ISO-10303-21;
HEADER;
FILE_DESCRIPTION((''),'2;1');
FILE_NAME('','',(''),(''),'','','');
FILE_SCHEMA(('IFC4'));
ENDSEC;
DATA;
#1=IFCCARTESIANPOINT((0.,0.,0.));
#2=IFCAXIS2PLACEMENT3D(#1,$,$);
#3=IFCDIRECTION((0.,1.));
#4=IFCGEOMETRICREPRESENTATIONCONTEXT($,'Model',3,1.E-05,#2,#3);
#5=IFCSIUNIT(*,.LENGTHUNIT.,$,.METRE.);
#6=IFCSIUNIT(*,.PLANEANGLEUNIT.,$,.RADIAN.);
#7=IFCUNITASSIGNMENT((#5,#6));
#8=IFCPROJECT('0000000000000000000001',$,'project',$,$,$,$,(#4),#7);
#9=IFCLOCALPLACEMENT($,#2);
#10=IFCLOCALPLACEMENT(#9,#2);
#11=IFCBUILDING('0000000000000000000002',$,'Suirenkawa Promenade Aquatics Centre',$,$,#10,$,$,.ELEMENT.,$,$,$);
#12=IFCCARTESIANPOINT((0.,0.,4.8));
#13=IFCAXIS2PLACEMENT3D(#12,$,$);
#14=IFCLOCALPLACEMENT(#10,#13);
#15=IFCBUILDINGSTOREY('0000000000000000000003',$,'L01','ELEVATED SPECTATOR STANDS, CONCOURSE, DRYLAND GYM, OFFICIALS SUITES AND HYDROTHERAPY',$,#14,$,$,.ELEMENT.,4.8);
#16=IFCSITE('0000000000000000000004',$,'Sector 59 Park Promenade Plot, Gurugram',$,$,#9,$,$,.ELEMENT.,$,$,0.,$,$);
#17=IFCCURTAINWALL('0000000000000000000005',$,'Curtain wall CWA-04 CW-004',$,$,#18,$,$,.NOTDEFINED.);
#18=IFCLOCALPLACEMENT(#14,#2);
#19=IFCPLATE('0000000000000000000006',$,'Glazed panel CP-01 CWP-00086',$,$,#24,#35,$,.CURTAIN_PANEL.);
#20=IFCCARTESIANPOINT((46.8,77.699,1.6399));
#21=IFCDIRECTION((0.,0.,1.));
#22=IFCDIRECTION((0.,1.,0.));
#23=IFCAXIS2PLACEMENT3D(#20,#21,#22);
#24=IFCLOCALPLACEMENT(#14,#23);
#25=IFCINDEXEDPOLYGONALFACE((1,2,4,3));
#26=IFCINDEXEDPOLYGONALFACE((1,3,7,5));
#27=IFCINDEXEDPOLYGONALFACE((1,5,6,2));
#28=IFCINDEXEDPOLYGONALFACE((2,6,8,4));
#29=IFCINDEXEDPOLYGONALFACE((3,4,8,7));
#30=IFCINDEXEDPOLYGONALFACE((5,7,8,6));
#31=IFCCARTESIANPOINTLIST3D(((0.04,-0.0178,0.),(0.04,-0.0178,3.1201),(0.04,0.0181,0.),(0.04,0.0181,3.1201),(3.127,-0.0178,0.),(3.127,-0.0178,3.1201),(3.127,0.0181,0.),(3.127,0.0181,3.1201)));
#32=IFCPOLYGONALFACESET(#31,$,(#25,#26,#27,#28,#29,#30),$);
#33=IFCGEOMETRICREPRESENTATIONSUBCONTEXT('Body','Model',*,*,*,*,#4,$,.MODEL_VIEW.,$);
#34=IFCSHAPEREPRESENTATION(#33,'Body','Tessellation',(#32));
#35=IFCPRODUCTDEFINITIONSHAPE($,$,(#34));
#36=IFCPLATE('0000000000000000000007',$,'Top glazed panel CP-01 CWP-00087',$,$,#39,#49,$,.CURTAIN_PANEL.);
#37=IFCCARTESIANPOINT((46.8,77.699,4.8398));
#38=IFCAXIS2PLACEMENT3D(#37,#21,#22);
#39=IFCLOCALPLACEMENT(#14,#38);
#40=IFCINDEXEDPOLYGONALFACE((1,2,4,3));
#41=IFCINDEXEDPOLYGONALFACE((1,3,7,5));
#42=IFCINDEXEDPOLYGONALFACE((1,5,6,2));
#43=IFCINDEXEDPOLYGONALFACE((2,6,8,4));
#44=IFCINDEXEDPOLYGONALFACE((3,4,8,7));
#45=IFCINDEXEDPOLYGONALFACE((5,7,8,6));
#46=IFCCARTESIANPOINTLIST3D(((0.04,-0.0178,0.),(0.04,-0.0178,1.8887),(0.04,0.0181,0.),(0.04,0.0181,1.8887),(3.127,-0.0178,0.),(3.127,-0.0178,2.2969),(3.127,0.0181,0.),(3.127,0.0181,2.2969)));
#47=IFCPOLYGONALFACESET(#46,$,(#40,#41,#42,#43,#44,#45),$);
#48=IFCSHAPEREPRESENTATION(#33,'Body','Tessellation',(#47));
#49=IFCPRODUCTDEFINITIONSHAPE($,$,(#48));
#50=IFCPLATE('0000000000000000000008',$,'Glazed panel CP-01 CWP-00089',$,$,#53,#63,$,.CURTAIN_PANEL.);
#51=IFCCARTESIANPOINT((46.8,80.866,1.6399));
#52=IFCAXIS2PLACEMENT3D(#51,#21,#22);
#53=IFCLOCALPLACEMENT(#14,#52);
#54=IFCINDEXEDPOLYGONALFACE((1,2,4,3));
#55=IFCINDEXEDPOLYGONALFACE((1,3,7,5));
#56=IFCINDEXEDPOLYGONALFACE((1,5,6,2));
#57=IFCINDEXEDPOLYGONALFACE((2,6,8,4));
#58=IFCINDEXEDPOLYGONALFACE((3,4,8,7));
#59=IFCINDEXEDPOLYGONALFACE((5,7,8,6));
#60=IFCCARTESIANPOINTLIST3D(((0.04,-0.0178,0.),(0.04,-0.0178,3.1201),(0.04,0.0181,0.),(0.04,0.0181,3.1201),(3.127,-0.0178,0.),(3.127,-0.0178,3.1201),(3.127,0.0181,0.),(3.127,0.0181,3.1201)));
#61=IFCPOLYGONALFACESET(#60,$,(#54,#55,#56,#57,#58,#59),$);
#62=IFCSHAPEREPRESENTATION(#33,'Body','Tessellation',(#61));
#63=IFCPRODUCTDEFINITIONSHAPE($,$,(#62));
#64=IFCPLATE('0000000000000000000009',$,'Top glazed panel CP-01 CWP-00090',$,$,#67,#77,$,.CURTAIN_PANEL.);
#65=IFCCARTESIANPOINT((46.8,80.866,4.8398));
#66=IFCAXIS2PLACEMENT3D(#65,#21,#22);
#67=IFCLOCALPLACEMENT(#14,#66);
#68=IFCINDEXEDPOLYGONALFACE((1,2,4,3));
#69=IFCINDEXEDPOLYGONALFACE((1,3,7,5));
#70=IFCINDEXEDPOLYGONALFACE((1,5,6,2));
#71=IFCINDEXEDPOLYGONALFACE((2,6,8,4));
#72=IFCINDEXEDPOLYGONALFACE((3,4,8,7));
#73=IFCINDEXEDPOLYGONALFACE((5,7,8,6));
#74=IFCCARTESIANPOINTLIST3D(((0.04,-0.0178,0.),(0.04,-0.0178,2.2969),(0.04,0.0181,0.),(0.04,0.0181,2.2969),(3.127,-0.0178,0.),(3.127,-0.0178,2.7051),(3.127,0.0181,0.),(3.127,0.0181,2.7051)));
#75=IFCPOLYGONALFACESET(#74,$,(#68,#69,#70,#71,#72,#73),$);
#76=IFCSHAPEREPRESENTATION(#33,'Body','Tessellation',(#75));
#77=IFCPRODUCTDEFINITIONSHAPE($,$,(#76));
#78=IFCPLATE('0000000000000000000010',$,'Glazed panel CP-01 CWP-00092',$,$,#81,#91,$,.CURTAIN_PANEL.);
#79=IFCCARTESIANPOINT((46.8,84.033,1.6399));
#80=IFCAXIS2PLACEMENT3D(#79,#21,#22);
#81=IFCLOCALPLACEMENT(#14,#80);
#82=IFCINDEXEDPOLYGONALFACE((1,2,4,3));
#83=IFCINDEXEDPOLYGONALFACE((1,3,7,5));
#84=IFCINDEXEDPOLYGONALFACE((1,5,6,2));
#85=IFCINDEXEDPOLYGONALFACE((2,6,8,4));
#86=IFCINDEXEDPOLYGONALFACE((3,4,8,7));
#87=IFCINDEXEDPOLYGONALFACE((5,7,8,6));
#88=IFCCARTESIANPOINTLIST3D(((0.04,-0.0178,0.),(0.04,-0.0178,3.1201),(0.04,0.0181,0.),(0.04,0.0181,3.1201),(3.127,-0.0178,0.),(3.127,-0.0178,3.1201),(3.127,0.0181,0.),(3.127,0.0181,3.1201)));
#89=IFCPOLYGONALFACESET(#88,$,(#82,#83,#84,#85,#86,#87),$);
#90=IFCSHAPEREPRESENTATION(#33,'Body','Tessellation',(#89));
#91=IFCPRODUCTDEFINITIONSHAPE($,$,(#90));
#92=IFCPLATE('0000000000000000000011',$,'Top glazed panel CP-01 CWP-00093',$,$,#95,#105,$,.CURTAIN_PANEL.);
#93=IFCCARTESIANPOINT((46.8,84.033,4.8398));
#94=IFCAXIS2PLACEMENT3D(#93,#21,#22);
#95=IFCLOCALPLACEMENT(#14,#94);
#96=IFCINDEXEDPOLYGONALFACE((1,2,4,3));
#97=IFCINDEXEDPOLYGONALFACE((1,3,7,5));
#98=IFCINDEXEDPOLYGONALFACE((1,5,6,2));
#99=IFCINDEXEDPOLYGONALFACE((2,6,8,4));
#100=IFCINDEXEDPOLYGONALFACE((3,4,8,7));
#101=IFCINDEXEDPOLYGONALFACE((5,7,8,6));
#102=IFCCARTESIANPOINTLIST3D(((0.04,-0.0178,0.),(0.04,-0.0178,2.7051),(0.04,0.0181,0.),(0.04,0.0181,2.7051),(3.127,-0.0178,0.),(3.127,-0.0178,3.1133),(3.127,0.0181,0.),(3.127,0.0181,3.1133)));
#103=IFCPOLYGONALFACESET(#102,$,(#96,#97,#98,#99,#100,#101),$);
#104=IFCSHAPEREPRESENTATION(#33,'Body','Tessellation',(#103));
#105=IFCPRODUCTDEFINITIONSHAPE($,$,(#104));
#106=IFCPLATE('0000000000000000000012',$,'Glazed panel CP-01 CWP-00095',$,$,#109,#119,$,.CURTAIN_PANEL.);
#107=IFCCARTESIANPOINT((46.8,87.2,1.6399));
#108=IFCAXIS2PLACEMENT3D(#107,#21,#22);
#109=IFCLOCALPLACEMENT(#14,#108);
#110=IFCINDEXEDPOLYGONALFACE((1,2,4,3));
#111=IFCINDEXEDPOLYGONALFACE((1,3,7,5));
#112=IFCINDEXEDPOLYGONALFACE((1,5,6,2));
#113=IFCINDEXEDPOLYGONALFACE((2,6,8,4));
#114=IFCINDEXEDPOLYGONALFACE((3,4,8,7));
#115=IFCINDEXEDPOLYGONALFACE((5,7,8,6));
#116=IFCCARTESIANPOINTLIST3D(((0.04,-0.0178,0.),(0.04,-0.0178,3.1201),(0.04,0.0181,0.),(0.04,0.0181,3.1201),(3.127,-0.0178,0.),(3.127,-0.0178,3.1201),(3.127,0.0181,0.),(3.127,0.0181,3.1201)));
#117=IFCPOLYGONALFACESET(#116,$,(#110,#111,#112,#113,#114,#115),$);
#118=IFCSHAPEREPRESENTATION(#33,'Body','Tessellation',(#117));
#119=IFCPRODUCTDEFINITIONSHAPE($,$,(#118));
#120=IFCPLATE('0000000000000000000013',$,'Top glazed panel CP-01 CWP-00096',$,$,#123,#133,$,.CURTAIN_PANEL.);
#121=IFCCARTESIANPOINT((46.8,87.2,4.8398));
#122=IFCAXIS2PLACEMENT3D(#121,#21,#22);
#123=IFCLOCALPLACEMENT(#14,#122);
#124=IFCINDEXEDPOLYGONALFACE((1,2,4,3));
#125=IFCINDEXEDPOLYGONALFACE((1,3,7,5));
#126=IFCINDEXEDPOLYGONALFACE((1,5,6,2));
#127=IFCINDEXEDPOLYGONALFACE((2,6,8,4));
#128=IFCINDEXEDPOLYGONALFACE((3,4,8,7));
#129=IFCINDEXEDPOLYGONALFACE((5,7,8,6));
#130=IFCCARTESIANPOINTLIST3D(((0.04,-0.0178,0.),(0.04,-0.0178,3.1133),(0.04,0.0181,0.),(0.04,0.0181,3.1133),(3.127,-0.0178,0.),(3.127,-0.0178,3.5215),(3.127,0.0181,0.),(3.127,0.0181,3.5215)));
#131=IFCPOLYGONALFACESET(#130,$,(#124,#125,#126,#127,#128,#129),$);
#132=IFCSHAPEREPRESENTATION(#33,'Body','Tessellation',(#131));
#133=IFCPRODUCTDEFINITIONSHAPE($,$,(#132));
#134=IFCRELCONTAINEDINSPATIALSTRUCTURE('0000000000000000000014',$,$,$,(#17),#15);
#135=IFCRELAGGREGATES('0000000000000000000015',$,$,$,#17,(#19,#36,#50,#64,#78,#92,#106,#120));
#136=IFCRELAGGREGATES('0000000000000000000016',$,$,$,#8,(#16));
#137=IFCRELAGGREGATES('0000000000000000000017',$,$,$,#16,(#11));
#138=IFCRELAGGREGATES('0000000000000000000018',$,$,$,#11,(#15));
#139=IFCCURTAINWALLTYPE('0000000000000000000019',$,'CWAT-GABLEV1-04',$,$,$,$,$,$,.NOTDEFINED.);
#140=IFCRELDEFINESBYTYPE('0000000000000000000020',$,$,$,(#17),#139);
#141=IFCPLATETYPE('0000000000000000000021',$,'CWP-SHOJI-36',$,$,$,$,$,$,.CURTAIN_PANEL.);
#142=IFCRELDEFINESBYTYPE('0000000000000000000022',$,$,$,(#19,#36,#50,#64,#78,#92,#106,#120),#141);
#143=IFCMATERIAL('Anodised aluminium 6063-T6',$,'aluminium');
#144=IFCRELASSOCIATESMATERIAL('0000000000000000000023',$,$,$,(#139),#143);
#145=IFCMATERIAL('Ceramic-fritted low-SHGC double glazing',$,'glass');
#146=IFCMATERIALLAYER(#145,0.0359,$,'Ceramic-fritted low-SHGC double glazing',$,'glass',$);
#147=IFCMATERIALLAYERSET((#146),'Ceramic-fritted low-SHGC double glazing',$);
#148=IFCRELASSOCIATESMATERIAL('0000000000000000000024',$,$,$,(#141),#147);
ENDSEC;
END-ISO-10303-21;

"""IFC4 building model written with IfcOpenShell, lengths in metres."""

from ifc_helpers import new_model, si_unit, direction, frame, origin, place, context, subcontext, project, spatial, polyline, outline, extrude, material, layer, layer_set, type_object, element, aggregate, save


model = new_model("IFC4")

# Units and contexts
model_context = context("Model", 3, precision=1e-05, world=origin(), true_north=direction((0.0, 1.0)))
body_context = subcontext(model_context, "Body", "Model", "MODEL_VIEW")
ifc_project = project(units=[si_unit("LENGTHUNIT", "METRE"), si_unit("PLANEANGLEUNIT", "RADIAN")], contexts=[model_context])

# Site, building, storey
site_placement = place(None, origin())
site = spatial("IfcSite", under=ifc_project, at=site_placement, Name="Sector 59 Park Promenade Plot, Gurugram", CompositionType="ELEMENT", RefElevation=0.0)
building_placement = place(site_placement, origin())
building = spatial("IfcBuilding", under=site, at=building_placement, Name="Suirenkawa Promenade Aquatics Centre", CompositionType="ELEMENT")
storey_placement = place(building_placement, frame((0.0, 0.0, 4.8)))
storey = spatial("IfcBuildingStorey", under=building, at=storey_placement, Name="L01", Description="ELEVATED SPECTATOR STANDS, CONCOURSE, DRYLAND GYM, OFFICIALS SUITES AND HYDROTHERAPY", CompositionType="ELEMENT", Elevation=4.8)

# Shared definitions
ifc_material_1 = material(Name="Anodised aluminium 6063-T6", Category="aluminium")

# Curtain wall, plates
curtain_wall_type_1 = type_object("IfcCurtainWallType", Name="CWAT-GABLEV1-04", PredefinedType="NOTDEFINED", material=ifc_material_1)
curtain_wall_1_placement = place(storey_placement, origin())
curtain_wall_1 = element("IfcCurtainWall", 1, at=curtain_wall_1_placement, inside=storey, type_object=curtain_wall_type_1, Name="Curtain wall CWA-04 CW-004", PredefinedType="NOTDEFINED")
ifc_material_2 = material(Name="Ceramic-fritted low-SHGC double glazing", Category="glass")
ifc_layer_1 = layer(ifc_material_2, 0.0359, Name="Ceramic-fritted low-SHGC double glazing", Category="glass")
ifc_layer_set_1 = layer_set([ifc_layer_1], Name="Ceramic-fritted low-SHGC double glazing")
plate_type = type_object("IfcPlateType", Name="CWP-SHOJI-36", PredefinedType="CURTAIN_PANEL", material=ifc_layer_set_1)
plate_1_placement = place(storey_placement, frame((46.8, 77.699, 1.6399), z_axis=(0.0, 0.0, 1.0), x_axis=(0.0, 1.0, 0.0)))
plate_1 = element("IfcPlate", 2, at=plate_1_placement, type_object=plate_type, Name="Glazed panel CP-01 CWP-00086", PredefinedType="CURTAIN_PANEL", context=body_context, shape_type="SweptSolid", body=[
    extrude(outline(polyline([(0.04, 0.0), (3.127, 0.0), (3.127, 3.1201), (0.04, 3.1201), (0.04, 0.0)])), frame((0.0, 0.0181, 0.0), z_axis=(0.0, -1.0, 0.0), x_axis=(1.0, 0.0, 0.0)), (0.0, 0.0, 1.0), 0.0359),
])
plate_2_placement = place(storey_placement, frame((46.8, 77.699, 4.8398), z_axis=(0.0, 0.0, 1.0), x_axis=(0.0, 1.0, 0.0)))
plate_2 = element("IfcPlate", 3, at=plate_2_placement, type_object=plate_type, Name="Top glazed panel CP-01 CWP-00087", PredefinedType="CURTAIN_PANEL", context=body_context, shape_type="SweptSolid", body=[
    extrude(outline(polyline([(0.04, 0.0), (3.127, 0.0), (3.127, 2.2969), (0.04, 1.8887), (0.04, 0.0)])), frame((0.0, 0.0181, 0.0), z_axis=(0.0, -1.0, 0.0), x_axis=(1.0, 0.0, 0.0)), (0.0, 0.0, 1.0), 0.0359),
])
plate_3_placement = place(storey_placement, frame((46.8, 80.866, 1.6399), z_axis=(0.0, 0.0, 1.0), x_axis=(0.0, 1.0, 0.0)))
plate_3 = element("IfcPlate", 4, at=plate_3_placement, type_object=plate_type, Name="Glazed panel CP-01 CWP-00089", PredefinedType="CURTAIN_PANEL", context=body_context, shape_type="SweptSolid", body=[
    extrude(outline(polyline([(0.04, 0.0), (3.127, 0.0), (3.127, 3.1201), (0.04, 3.1201), (0.04, 0.0)])), frame((0.0, 0.0181, 0.0), z_axis=(0.0, -1.0, 0.0), x_axis=(1.0, 0.0, 0.0)), (0.0, 0.0, 1.0), 0.0359),
])
plate_4_placement = place(storey_placement, frame((46.8, 80.866, 4.8398), z_axis=(0.0, 0.0, 1.0), x_axis=(0.0, 1.0, 0.0)))
plate_4 = element("IfcPlate", 5, at=plate_4_placement, type_object=plate_type, Name="Top glazed panel CP-01 CWP-00090", PredefinedType="CURTAIN_PANEL", context=body_context, shape_type="SweptSolid", body=[
    extrude(outline(polyline([(0.04, 0.0), (3.127, 0.0), (3.127, 2.7051), (0.04, 2.2969), (0.04, 0.0)])), frame((0.0, 0.0181, 0.0), z_axis=(0.0, -1.0, 0.0), x_axis=(1.0, 0.0, 0.0)), (0.0, 0.0, 1.0), 0.0359),
])
plate_5_placement = place(storey_placement, frame((46.8, 84.033, 1.6399), z_axis=(0.0, 0.0, 1.0), x_axis=(0.0, 1.0, 0.0)))
plate_5 = element("IfcPlate", 6, at=plate_5_placement, type_object=plate_type, Name="Glazed panel CP-01 CWP-00092", PredefinedType="CURTAIN_PANEL", context=body_context, shape_type="SweptSolid", body=[
    extrude(outline(polyline([(0.04, 0.0), (3.127, 0.0), (3.127, 3.1201), (0.04, 3.1201), (0.04, 0.0)])), frame((0.0, 0.0181, 0.0), z_axis=(0.0, -1.0, 0.0), x_axis=(1.0, 0.0, 0.0)), (0.0, 0.0, 1.0), 0.0359),
])
plate_6_placement = place(storey_placement, frame((46.8, 84.033, 4.8398), z_axis=(0.0, 0.0, 1.0), x_axis=(0.0, 1.0, 0.0)))
plate_6 = element("IfcPlate", 7, at=plate_6_placement, type_object=plate_type, Name="Top glazed panel CP-01 CWP-00093", PredefinedType="CURTAIN_PANEL", context=body_context, shape_type="SweptSolid", body=[
    extrude(outline(polyline([(0.04, 0.0), (3.127, 0.0), (3.127, 3.1133), (0.04, 2.7051), (0.04, 0.0)])), frame((0.0, 0.0181, 0.0), z_axis=(0.0, -1.0, 0.0), x_axis=(1.0, 0.0, 0.0)), (0.0, 0.0, 1.0), 0.0359),
])
plate_7_placement = place(storey_placement, frame((46.8, 87.2, 1.6399), z_axis=(0.0, 0.0, 1.0), x_axis=(0.0, 1.0, 0.0)))
plate_7 = element("IfcPlate", 8, at=plate_7_placement, type_object=plate_type, Name="Glazed panel CP-01 CWP-00095", PredefinedType="CURTAIN_PANEL", context=body_context, shape_type="SweptSolid", body=[
    extrude(outline(polyline([(0.04, 0.0), (3.127, 0.0), (3.127, 3.1201), (0.04, 3.1201), (0.04, 0.0)])), frame((0.0, 0.0181, 0.0), z_axis=(0.0, -1.0, 0.0), x_axis=(1.0, 0.0, 0.0)), (0.0, 0.0, 1.0), 0.0359),
])
plate_8_placement = place(storey_placement, frame((46.8, 87.2, 4.8398), z_axis=(0.0, 0.0, 1.0), x_axis=(0.0, 1.0, 0.0)))
plate_8 = element("IfcPlate", 9, at=plate_8_placement, type_object=plate_type, Name="Top glazed panel CP-01 CWP-00096", PredefinedType="CURTAIN_PANEL", context=body_context, shape_type="SweptSolid", body=[
    extrude(outline(polyline([(0.04, 0.0), (3.127, 0.0), (3.127, 3.5215), (0.04, 3.1133), (0.04, 0.0)])), frame((0.0, 0.0181, 0.0), z_axis=(0.0, -1.0, 0.0), x_axis=(1.0, 0.0, 0.0)), (0.0, 0.0, 1.0), 0.0359),
])
aggregate(curtain_wall_1, [plate_1, plate_2, plate_3, plate_4, plate_5, plate_6, plate_7, plate_8])

save(model, "model.ifc")
